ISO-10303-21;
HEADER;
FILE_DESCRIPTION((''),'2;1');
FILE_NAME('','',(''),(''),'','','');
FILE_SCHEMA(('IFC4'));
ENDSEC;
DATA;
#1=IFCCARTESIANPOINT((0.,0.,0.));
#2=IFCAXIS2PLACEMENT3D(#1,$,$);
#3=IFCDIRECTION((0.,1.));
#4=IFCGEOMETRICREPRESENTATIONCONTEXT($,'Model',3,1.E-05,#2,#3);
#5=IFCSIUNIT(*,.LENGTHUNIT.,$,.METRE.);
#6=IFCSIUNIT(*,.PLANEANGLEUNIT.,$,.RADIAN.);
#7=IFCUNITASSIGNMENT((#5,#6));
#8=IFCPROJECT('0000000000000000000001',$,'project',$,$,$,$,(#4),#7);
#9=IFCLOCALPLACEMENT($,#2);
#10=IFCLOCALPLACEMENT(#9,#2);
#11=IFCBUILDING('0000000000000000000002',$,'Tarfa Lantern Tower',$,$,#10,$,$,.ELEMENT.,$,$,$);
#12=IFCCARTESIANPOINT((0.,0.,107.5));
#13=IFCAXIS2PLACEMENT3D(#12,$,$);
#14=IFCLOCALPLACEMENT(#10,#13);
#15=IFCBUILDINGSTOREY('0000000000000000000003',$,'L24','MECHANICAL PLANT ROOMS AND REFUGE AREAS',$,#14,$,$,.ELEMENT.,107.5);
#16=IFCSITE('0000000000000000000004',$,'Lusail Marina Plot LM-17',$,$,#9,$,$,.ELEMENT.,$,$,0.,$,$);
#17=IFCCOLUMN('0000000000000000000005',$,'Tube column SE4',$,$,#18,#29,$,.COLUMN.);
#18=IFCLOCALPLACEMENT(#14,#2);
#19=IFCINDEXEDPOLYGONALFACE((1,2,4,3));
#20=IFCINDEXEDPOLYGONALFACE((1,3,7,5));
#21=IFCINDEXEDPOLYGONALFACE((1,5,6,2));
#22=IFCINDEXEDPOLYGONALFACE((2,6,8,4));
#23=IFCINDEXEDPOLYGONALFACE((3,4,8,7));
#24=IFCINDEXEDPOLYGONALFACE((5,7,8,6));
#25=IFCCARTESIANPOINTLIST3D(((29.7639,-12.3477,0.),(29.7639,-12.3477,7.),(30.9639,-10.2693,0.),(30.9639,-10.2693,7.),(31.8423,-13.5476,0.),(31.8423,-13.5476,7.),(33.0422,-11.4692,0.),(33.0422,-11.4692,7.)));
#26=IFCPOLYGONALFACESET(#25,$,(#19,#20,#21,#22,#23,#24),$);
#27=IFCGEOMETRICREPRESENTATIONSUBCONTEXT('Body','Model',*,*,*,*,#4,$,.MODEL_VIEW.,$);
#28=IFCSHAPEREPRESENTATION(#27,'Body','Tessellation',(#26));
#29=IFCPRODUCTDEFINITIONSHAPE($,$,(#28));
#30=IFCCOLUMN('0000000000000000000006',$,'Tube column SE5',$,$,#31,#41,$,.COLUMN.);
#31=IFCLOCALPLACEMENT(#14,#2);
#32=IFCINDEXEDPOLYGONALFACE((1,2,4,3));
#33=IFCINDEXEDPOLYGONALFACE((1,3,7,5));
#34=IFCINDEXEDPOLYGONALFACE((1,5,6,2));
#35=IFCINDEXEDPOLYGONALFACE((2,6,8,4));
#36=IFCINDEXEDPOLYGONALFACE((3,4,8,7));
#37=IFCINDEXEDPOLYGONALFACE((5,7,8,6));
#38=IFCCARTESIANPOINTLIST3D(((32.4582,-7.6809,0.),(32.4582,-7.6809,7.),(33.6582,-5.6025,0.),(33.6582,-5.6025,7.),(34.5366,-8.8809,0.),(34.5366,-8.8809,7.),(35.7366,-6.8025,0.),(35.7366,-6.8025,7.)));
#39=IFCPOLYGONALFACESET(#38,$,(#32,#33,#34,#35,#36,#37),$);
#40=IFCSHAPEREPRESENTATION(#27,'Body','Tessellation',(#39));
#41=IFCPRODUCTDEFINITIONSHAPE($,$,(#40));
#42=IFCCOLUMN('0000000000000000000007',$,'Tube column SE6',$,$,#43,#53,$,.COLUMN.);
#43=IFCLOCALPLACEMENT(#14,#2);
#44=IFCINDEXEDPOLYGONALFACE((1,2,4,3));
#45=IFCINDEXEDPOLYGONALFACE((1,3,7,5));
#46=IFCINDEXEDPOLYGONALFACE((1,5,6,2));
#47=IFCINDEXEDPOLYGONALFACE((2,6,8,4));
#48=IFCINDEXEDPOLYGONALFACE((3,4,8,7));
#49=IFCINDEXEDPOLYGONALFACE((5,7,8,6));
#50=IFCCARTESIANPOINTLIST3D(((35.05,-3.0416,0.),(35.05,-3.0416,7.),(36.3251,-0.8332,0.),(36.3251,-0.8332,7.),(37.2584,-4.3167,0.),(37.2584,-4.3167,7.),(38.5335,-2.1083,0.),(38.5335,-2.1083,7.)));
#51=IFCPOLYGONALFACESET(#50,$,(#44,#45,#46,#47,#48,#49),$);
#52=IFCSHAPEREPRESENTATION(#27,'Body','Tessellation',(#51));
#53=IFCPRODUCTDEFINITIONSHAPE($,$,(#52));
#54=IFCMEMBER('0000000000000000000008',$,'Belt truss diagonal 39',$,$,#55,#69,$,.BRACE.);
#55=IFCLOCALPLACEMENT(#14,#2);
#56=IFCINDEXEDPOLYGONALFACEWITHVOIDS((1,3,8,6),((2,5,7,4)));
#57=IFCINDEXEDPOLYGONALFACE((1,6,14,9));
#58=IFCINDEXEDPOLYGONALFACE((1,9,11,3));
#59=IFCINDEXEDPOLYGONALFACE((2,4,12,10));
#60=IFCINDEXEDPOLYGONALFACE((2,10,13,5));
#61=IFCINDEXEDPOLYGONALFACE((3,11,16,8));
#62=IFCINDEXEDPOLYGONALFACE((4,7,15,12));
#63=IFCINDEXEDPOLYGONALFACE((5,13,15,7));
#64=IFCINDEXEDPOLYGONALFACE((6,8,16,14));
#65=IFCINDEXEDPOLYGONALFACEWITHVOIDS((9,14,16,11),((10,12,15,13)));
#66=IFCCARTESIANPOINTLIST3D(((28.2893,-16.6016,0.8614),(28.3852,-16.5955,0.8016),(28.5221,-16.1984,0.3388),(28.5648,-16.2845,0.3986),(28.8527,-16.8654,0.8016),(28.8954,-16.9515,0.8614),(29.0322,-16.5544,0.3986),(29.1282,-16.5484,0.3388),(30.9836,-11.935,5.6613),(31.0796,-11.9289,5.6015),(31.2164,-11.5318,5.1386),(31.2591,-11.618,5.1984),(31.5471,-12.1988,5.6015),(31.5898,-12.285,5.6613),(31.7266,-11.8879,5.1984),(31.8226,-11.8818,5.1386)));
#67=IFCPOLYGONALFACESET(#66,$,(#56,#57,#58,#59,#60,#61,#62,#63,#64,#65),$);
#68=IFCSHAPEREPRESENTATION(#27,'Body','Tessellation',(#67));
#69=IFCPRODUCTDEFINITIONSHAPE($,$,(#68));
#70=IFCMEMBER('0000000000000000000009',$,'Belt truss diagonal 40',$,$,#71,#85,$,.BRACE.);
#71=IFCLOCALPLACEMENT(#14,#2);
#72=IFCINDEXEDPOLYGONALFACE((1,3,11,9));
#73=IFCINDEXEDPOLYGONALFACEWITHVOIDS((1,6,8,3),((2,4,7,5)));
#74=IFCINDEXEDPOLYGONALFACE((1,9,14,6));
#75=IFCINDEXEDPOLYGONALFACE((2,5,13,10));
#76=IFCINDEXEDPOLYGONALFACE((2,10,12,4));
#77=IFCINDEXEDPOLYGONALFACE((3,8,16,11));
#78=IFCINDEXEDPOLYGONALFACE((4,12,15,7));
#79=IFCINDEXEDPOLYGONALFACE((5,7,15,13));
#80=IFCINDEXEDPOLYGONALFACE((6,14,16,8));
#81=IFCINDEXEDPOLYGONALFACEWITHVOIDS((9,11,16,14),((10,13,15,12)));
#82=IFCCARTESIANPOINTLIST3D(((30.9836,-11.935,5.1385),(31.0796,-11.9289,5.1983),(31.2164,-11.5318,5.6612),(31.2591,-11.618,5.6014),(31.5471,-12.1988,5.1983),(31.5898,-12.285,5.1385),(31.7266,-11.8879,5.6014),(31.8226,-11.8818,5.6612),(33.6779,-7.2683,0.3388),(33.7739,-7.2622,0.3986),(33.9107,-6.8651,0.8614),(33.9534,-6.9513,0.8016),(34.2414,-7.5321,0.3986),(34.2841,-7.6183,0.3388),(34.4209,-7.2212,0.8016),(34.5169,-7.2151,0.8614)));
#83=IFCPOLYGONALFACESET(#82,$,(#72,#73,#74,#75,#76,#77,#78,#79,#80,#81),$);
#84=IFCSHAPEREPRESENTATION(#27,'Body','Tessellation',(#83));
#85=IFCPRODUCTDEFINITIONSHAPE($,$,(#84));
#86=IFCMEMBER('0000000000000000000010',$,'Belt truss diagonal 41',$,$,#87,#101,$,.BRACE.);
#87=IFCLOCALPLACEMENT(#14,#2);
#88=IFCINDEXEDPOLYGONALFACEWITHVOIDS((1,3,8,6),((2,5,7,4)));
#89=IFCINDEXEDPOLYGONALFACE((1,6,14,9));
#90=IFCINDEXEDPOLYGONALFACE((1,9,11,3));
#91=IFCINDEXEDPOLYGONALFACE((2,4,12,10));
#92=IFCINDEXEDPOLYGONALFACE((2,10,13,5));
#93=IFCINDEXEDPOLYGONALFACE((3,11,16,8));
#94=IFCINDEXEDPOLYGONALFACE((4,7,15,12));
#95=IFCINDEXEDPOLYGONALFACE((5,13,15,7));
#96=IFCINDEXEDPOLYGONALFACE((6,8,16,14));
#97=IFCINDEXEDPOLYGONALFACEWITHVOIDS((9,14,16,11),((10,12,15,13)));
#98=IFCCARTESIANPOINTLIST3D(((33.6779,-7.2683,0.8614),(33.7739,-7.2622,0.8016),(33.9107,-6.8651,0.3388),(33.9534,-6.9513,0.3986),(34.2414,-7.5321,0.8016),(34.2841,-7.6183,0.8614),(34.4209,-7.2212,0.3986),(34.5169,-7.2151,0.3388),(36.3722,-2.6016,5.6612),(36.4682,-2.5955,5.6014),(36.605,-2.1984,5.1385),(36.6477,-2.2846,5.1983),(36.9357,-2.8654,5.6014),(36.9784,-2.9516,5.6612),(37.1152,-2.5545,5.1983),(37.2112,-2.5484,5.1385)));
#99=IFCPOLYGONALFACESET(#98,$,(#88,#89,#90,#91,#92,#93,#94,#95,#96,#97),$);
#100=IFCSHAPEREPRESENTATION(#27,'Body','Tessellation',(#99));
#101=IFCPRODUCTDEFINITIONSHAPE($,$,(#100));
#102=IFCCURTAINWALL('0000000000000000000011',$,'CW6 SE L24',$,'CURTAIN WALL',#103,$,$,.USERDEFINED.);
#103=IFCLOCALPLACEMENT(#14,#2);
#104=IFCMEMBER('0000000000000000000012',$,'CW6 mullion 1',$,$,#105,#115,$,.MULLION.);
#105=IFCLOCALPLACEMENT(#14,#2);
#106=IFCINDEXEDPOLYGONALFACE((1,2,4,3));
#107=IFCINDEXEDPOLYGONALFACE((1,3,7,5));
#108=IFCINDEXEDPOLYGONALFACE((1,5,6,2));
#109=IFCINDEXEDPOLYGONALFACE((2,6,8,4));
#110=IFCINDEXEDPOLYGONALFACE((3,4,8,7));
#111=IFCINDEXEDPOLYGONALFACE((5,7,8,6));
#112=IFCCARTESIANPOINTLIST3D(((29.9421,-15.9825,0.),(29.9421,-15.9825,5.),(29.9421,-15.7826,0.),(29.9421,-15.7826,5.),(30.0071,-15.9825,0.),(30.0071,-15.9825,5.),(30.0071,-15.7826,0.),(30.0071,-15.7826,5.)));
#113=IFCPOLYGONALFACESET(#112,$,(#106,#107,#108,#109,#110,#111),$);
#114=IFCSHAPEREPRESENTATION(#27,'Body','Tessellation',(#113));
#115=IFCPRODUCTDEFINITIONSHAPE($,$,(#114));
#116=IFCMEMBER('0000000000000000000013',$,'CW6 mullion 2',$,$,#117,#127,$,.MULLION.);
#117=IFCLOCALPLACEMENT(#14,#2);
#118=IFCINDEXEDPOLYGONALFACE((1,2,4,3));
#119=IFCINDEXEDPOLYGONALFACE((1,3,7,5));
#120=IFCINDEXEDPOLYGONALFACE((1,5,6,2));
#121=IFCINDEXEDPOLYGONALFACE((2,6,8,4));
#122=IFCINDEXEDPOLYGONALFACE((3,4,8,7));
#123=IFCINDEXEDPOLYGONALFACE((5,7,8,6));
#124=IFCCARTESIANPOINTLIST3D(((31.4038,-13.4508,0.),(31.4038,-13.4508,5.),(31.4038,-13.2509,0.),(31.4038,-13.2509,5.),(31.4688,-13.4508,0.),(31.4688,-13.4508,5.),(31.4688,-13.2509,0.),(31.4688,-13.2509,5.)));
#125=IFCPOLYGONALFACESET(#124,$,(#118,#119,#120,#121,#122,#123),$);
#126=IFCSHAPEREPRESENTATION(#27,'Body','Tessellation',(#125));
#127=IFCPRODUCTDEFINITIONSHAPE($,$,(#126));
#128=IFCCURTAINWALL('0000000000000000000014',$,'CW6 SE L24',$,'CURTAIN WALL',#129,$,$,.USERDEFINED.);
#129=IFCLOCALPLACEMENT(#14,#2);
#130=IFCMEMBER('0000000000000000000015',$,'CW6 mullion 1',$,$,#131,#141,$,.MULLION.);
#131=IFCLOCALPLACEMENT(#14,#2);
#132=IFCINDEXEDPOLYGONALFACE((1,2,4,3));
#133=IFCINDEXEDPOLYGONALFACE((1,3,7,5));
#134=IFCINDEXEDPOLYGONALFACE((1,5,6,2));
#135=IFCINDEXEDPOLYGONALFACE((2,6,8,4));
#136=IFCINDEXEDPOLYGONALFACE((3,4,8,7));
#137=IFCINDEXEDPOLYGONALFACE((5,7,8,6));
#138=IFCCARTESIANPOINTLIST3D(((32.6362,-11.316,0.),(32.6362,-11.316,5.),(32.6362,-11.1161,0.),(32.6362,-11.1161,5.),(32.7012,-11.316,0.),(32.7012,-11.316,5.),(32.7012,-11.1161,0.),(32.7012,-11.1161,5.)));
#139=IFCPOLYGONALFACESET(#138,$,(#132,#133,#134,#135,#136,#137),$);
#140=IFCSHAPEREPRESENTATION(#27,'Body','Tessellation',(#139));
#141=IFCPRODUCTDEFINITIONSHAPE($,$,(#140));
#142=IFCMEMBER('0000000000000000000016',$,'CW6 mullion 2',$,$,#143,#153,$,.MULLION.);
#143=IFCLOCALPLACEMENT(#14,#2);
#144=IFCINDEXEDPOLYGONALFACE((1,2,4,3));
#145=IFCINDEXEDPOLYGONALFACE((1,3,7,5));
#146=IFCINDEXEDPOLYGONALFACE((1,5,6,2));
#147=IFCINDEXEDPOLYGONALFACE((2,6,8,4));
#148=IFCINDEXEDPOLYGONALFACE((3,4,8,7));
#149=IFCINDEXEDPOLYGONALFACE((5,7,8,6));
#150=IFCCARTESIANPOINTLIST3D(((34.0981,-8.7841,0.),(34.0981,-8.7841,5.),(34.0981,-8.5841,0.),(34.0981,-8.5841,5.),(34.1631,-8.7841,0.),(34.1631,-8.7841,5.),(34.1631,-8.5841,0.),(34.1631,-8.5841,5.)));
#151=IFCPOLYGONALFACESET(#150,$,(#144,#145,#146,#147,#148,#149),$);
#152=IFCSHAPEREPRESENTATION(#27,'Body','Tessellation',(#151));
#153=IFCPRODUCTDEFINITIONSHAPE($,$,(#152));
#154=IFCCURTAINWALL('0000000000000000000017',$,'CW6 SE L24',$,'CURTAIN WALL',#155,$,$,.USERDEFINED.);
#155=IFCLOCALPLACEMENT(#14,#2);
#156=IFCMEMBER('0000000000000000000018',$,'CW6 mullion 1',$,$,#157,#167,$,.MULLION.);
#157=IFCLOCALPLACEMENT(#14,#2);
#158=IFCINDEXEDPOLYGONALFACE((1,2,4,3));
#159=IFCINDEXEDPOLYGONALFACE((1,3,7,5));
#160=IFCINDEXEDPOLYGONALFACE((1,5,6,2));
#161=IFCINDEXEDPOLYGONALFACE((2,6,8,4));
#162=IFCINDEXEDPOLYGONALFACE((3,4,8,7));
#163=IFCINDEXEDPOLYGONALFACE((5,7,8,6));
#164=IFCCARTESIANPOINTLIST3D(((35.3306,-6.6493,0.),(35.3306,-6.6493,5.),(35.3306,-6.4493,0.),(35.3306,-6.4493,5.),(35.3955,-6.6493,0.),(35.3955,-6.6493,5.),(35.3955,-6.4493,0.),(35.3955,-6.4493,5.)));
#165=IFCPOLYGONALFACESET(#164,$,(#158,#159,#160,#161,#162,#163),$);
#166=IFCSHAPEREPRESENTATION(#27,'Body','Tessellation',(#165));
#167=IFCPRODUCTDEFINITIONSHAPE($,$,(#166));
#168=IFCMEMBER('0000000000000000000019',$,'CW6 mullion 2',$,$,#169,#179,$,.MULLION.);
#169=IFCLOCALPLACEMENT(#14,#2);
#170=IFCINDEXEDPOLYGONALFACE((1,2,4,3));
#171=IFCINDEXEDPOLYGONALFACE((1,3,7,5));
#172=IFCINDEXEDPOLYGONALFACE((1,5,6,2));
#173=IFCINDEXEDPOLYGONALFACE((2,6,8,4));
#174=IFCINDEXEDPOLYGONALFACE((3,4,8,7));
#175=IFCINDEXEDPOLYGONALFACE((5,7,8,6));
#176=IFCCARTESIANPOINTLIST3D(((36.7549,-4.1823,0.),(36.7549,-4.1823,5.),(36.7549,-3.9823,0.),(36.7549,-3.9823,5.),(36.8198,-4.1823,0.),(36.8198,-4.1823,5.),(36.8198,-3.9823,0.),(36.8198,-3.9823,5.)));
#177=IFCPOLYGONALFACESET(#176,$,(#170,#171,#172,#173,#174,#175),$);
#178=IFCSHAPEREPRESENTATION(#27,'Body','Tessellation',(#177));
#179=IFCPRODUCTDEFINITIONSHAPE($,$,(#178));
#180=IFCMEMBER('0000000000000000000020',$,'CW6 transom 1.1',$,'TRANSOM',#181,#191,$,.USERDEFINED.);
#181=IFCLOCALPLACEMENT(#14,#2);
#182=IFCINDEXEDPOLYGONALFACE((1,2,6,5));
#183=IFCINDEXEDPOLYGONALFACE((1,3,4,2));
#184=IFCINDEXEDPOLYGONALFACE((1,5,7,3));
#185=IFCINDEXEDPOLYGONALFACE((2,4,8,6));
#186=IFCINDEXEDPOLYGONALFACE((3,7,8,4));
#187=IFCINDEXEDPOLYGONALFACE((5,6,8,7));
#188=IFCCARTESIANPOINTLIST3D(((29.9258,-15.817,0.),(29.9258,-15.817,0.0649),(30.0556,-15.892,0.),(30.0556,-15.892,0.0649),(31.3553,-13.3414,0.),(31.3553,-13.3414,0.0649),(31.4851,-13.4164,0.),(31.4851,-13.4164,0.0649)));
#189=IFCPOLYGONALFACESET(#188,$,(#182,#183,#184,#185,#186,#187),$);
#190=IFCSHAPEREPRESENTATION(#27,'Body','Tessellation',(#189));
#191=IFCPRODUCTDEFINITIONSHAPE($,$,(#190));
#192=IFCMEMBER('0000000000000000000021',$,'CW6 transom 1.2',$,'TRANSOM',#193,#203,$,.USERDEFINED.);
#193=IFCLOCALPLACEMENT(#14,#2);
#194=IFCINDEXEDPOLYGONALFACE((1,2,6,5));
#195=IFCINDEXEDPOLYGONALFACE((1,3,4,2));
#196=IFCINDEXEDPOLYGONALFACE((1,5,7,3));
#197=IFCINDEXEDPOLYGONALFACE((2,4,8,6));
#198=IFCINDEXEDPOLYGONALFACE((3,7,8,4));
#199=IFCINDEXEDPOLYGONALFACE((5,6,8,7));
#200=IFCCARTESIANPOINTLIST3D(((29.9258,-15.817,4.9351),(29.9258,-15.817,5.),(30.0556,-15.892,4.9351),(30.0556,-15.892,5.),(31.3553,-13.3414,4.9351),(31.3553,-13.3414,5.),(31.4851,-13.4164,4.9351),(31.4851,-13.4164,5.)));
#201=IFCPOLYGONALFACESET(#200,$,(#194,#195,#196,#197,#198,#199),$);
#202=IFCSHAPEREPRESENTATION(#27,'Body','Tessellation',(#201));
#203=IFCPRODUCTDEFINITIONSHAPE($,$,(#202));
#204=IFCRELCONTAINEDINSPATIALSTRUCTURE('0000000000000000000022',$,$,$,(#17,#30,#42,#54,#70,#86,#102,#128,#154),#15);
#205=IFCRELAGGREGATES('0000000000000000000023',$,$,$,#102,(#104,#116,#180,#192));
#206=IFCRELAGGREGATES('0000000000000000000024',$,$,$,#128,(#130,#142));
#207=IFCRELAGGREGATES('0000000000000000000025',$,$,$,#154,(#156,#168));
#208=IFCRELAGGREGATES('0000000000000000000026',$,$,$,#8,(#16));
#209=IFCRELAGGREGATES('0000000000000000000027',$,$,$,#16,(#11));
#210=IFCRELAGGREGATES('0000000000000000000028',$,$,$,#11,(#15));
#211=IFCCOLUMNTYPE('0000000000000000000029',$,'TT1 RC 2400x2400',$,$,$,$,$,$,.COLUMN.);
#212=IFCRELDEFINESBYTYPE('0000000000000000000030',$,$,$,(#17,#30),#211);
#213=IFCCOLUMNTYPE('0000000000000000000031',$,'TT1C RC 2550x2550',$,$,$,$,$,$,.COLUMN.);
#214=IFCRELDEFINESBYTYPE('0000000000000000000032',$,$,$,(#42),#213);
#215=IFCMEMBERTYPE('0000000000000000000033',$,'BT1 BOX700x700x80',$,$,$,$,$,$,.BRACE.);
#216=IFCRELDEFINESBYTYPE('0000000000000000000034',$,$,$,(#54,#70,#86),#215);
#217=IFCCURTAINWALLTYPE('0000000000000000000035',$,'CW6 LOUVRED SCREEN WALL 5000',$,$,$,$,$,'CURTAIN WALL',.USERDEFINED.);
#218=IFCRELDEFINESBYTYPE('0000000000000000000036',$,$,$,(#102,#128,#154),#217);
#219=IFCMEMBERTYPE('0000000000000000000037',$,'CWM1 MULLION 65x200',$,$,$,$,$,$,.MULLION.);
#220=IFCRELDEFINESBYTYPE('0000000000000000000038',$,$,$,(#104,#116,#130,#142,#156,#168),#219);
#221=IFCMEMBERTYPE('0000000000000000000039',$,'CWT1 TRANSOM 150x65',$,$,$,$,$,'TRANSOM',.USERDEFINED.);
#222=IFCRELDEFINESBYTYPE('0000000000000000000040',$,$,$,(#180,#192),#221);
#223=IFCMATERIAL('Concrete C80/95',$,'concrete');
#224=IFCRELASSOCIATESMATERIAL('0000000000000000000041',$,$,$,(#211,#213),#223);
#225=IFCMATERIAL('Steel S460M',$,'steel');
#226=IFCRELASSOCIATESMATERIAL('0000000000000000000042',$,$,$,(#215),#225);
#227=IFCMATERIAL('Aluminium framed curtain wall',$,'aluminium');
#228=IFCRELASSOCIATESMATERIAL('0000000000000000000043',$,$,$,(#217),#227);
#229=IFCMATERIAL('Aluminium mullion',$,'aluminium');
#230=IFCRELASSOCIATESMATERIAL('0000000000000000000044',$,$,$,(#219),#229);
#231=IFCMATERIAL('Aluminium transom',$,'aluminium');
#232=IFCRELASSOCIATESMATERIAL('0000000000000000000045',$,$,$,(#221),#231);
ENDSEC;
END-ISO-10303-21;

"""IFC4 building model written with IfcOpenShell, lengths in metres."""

from ifc_helpers import new_model, si_unit, direction, frame, origin, origin_2d, place, context, subcontext, project, spatial, rectangle, hollow_rectangle, extrude, material, material_profile, profile_set, type_object, element, aggregate, save


model = new_model("IFC4")

# Units and contexts
model_context = context("Model", 3, precision=1e-05, world=origin(), true_north=direction((0.0, 1.0)))
body_context = subcontext(model_context, "Body", "Model", "MODEL_VIEW")
ifc_project = project(units=[si_unit("LENGTHUNIT", "METRE"), si_unit("PLANEANGLEUNIT", "RADIAN")], contexts=[model_context])

# Site, building, storey
site_placement = place(None, origin())
site = spatial("IfcSite", under=ifc_project, at=site_placement, Name="Lusail Marina Plot LM-17", CompositionType="ELEMENT", RefElevation=0.0)
building_placement = place(site_placement, origin())
building = spatial("IfcBuilding", under=site, at=building_placement, Name="Tarfa Lantern Tower", CompositionType="ELEMENT")
storey_placement = place(building_placement, frame((0.0, 0.0, 107.5)))
storey = spatial("IfcBuildingStorey", under=building, at=storey_placement, Name="L24", Description="MECHANICAL PLANT ROOMS AND REFUGE AREAS", CompositionType="ELEMENT", Elevation=107.5)

# Columns
ifc_material_1 = material(Name="Concrete C80/95", Category="concrete")
ifc_material_profile_1 = material_profile(ifc_material_1, rectangle(XDim=2.3999, YDim=2.3999, at=origin_2d()), Name="RC 2400x2400")
ifc_profile_set_1 = profile_set([ifc_material_profile_1], Name="Concrete C80/95")
column_type_1 = type_object("IfcColumnType", Name="TT1 RC 2400x2400", PredefinedType="COLUMN", material=ifc_profile_set_1)
for number, where, z_axis, x_axis, name in (
    (1, (31.4031, -11.9084, 0.0), (0.0, 0.0, 1.0), (0.5, 0.866025, 0.0), "Tube column SE4"),
    (2, (34.0974, -7.2417, 0.0), (0.0, 0.0, 1.0), (0.5, 0.866025, 0.0), "Tube column SE5"),
):
    element("IfcColumn", number, at=place(storey_placement, frame(where, z_axis=z_axis, x_axis=x_axis)), inside=storey, type_object=column_type_1, Name=name, PredefinedType="COLUMN", context=body_context, shape_type="SweptSolid", body=[
        extrude(rectangle(XDim=2.3999, YDim=2.3999, at=origin_2d()), origin(), (0.0, 0.0, 1.0), 7.0),
    ])
ifc_material_profile_2 = material_profile(ifc_material_1, rectangle(XDim=2.55, YDim=2.55, at=origin_2d()), Name="RC 2550x2550")
ifc_profile_set_2 = profile_set([ifc_material_profile_2], Name="Concrete C80/95")
column_type_2 = type_object("IfcColumnType", Name="TT1C RC 2550x2550", PredefinedType="COLUMN", material=ifc_profile_set_2)
column_placement = place(storey_placement, frame((36.7917, -2.575, 0.0), z_axis=(0.0, 0.0, 1.0), x_axis=(0.5, 0.866025, 0.0)))
element("IfcColumn", 3, at=column_placement, inside=storey, type_object=column_type_2, Name="Tube column SE6", PredefinedType="COLUMN", context=body_context, shape_type="SweptSolid", body=[
    extrude(rectangle(XDim=2.55, YDim=2.55, at=origin_2d()), origin(), (0.0, 0.0, 1.0), 7.0),
])

# Members
ifc_material_2 = material(Name="Steel S460M", Category="steel")
ifc_material_profile_3 = material_profile(ifc_material_2, hollow_rectangle(XDim=0.7, YDim=0.7, WallThickness=0.0801, at=origin_2d()), Name="BOX700x700x80")
ifc_profile_set_3 = profile_set([ifc_material_profile_3], Name="Steel S460M")
member_type_1 = type_object("IfcMemberType", Name="BT1 BOX700x700x80", PredefinedType="BRACE", material=ifc_profile_set_3)
for number, where, z_axis, x_axis, name in (
    (4, (28.7087, -16.575, 0.6001), (0.373372, 0.646669, 0.665141), (-0.866015, 0.500018, 0.0), "Belt truss diagonal 39"),
    (5, (34.0974, -7.2417, 0.6001), (-0.373364, -0.646688, 0.665127), (0.866026, -0.499998, 0.0), "Belt truss diagonal 40"),
    (6, (34.0974, -7.2417, 0.6001), (0.373364, 0.646688, 0.665127), (-0.866026, 0.499998, 0.0), "Belt truss diagonal 41"),
):
    element("IfcMember", number, at=place(storey_placement, frame(where, z_axis=z_axis, x_axis=x_axis)), inside=storey, type_object=member_type_1, Name=name, PredefinedType="BRACE", context=body_context, shape_type="SweptSolid", body=[
        extrude(hollow_rectangle(XDim=0.7, YDim=0.7, WallThickness=0.0801, at=origin_2d()), origin(), (0.0, 0.0, 1.0), 7.2163),
    ])

# Curtain walls, members
ifc_material_3 = material(Name="Aluminium framed curtain wall", Category="aluminium")
curtain_wall_type = type_object("IfcCurtainWallType", Name="CW6 LOUVRED SCREEN WALL 5000", ElementType="CURTAIN WALL", PredefinedType="USERDEFINED", material=ifc_material_3)
curtain_wall_1_placement = place(storey_placement, origin())
curtain_wall_1 = element("IfcCurtainWall", 7, at=curtain_wall_1_placement, inside=storey, type_object=curtain_wall_type, Name="CW6 SE L24", ObjectType="CURTAIN WALL", PredefinedType="USERDEFINED")
ifc_material_4 = material(Name="Aluminium mullion", Category="aluminium")
ifc_material_profile_4 = material_profile(ifc_material_4, rectangle(XDim=0.0649, YDim=0.2, at=origin_2d()), Name="AL MULLION 65x200")
ifc_profile_set_4 = profile_set([ifc_material_profile_4], Name="Aluminium mullion")
member_type_2 = type_object("IfcMemberType", Name="CWM1 MULLION 65x200", PredefinedType="MULLION", material=ifc_profile_set_4)
member_1_placement = place(storey_placement, frame((29.9746, -15.8826, 0.0), z_axis=(0.0, 0.0, 1.0), x_axis=(1.0, 0.0, 0.0)))
member_1 = element("IfcMember", 8, at=member_1_placement, type_object=member_type_2, Name="CW6 mullion 1", PredefinedType="MULLION", context=body_context, shape_type="SweptSolid", body=[
    extrude(rectangle(XDim=0.0649, YDim=0.2, at=origin_2d()), origin(), (0.0, 0.0, 1.0), 5.0),
])
member_2_placement = place(storey_placement, frame((31.4363, -13.3508, 0.0), z_axis=(0.0, 0.0, 1.0), x_axis=(1.0, 0.0, 0.0)))
member_2 = element("IfcMember", 9, at=member_2_placement, type_object=member_type_2, Name="CW6 mullion 2", PredefinedType="MULLION", context=body_context, shape_type="SweptSolid", body=[
    extrude(rectangle(XDim=0.0649, YDim=0.2, at=origin_2d()), origin(), (0.0, 0.0, 1.0), 5.0),
])
curtain_wall_2_placement = place(storey_placement, origin())
curtain_wall_2 = element("IfcCurtainWall", 10, at=curtain_wall_2_placement, inside=storey, type_object=curtain_wall_type, Name="CW6 SE L24", ObjectType="CURTAIN WALL", PredefinedType="USERDEFINED")
member_3_placement = place(storey_placement, frame((32.6687, -11.2161, 0.0), z_axis=(0.0, 0.0, 1.0), x_axis=(1.0, 0.0, 0.0)))
member_3 = element("IfcMember", 11, at=member_3_placement, type_object=member_type_2, Name="CW6 mullion 1", PredefinedType="MULLION", context=body_context, shape_type="SweptSolid", body=[
    extrude(rectangle(XDim=0.0649, YDim=0.2, at=origin_2d()), origin(), (0.0, 0.0, 1.0), 5.0),
])
member_4_placement = place(storey_placement, frame((34.1306, -8.6841, 0.0), z_axis=(0.0, 0.0, 1.0), x_axis=(1.0, 0.0, 0.0)))
member_4 = element("IfcMember", 12, at=member_4_placement, type_object=member_type_2, Name="CW6 mullion 2", PredefinedType="MULLION", context=body_context, shape_type="SweptSolid", body=[
    extrude(rectangle(XDim=0.0649, YDim=0.2, at=origin_2d()), origin(), (0.0, 0.0, 1.0), 5.0),
])
curtain_wall_3_placement = place(storey_placement, origin())
curtain_wall_3 = element("IfcCurtainWall", 13, at=curtain_wall_3_placement, inside=storey, type_object=curtain_wall_type, Name="CW6 SE L24", ObjectType="CURTAIN WALL", PredefinedType="USERDEFINED")
member_5_placement = place(storey_placement, frame((35.363, -6.5493, 0.0), z_axis=(0.0, 0.0, 1.0), x_axis=(1.0, 0.0, 0.0)))
member_5 = element("IfcMember", 14, at=member_5_placement, type_object=member_type_2, Name="CW6 mullion 1", PredefinedType="MULLION", context=body_context, shape_type="SweptSolid", body=[
    extrude(rectangle(XDim=0.0649, YDim=0.2, at=origin_2d()), origin(), (0.0, 0.0, 1.0), 5.0),
])
member_6_placement = place(storey_placement, frame((36.7874, -4.0823, 0.0), z_axis=(0.0, 0.0, 1.0), x_axis=(1.0, 0.0, 0.0)))
member_6 = element("IfcMember", 15, at=member_6_placement, type_object=member_type_2, Name="CW6 mullion 2", PredefinedType="MULLION", context=body_context, shape_type="SweptSolid", body=[
    extrude(rectangle(XDim=0.0649, YDim=0.2, at=origin_2d()), origin(), (0.0, 0.0, 1.0), 5.0),
])

# Members
ifc_material_5 = material(Name="Aluminium transom", Category="aluminium")
ifc_material_profile_5 = material_profile(ifc_material_5, rectangle(XDim=0.1499, YDim=0.0649, at=origin_2d()), Name="AL TRANSOM 150x65")
ifc_profile_set_5 = profile_set([ifc_material_profile_5], Name="Aluminium transom")
member_type_3 = type_object("IfcMemberType", Name="CWT1 TRANSOM 150x65", ElementType="TRANSOM", PredefinedType="USERDEFINED", material=ifc_profile_set_5)
member_7_placement = place(storey_placement, frame((29.9907, -15.8545, 0.0325), z_axis=(0.500043, 0.866001, 0.0), x_axis=(-0.866001, 0.500043, 0.0)))
member_7 = element("IfcMember", 16, at=member_7_placement, type_object=member_type_3, Name="CW6 transom 1.1", ObjectType="TRANSOM", PredefinedType="USERDEFINED", context=body_context, shape_type="SweptSolid", body=[
    extrude(rectangle(XDim=0.1499, YDim=0.0649, at=origin_2d()), origin(), (0.0, 0.0, 1.0), 2.8586),
])
member_8_placement = place(storey_placement, frame((29.9907, -15.8545, 4.9675), z_axis=(0.500043, 0.866001, 0.0), x_axis=(-0.866001, 0.500043, 0.0)))
member_8 = element("IfcMember", 17, at=member_8_placement, type_object=member_type_3, Name="CW6 transom 1.2", ObjectType="TRANSOM", PredefinedType="USERDEFINED", context=body_context, shape_type="SweptSolid", body=[
    extrude(rectangle(XDim=0.1499, YDim=0.0649, at=origin_2d()), origin(), (0.0, 0.0, 1.0), 2.8586),
])

aggregate(curtain_wall_1, [member_1, member_2, member_7, member_8])
aggregate(curtain_wall_2, [member_3, member_4])
aggregate(curtain_wall_3, [member_5, member_6])

save(model, "model.ifc")
